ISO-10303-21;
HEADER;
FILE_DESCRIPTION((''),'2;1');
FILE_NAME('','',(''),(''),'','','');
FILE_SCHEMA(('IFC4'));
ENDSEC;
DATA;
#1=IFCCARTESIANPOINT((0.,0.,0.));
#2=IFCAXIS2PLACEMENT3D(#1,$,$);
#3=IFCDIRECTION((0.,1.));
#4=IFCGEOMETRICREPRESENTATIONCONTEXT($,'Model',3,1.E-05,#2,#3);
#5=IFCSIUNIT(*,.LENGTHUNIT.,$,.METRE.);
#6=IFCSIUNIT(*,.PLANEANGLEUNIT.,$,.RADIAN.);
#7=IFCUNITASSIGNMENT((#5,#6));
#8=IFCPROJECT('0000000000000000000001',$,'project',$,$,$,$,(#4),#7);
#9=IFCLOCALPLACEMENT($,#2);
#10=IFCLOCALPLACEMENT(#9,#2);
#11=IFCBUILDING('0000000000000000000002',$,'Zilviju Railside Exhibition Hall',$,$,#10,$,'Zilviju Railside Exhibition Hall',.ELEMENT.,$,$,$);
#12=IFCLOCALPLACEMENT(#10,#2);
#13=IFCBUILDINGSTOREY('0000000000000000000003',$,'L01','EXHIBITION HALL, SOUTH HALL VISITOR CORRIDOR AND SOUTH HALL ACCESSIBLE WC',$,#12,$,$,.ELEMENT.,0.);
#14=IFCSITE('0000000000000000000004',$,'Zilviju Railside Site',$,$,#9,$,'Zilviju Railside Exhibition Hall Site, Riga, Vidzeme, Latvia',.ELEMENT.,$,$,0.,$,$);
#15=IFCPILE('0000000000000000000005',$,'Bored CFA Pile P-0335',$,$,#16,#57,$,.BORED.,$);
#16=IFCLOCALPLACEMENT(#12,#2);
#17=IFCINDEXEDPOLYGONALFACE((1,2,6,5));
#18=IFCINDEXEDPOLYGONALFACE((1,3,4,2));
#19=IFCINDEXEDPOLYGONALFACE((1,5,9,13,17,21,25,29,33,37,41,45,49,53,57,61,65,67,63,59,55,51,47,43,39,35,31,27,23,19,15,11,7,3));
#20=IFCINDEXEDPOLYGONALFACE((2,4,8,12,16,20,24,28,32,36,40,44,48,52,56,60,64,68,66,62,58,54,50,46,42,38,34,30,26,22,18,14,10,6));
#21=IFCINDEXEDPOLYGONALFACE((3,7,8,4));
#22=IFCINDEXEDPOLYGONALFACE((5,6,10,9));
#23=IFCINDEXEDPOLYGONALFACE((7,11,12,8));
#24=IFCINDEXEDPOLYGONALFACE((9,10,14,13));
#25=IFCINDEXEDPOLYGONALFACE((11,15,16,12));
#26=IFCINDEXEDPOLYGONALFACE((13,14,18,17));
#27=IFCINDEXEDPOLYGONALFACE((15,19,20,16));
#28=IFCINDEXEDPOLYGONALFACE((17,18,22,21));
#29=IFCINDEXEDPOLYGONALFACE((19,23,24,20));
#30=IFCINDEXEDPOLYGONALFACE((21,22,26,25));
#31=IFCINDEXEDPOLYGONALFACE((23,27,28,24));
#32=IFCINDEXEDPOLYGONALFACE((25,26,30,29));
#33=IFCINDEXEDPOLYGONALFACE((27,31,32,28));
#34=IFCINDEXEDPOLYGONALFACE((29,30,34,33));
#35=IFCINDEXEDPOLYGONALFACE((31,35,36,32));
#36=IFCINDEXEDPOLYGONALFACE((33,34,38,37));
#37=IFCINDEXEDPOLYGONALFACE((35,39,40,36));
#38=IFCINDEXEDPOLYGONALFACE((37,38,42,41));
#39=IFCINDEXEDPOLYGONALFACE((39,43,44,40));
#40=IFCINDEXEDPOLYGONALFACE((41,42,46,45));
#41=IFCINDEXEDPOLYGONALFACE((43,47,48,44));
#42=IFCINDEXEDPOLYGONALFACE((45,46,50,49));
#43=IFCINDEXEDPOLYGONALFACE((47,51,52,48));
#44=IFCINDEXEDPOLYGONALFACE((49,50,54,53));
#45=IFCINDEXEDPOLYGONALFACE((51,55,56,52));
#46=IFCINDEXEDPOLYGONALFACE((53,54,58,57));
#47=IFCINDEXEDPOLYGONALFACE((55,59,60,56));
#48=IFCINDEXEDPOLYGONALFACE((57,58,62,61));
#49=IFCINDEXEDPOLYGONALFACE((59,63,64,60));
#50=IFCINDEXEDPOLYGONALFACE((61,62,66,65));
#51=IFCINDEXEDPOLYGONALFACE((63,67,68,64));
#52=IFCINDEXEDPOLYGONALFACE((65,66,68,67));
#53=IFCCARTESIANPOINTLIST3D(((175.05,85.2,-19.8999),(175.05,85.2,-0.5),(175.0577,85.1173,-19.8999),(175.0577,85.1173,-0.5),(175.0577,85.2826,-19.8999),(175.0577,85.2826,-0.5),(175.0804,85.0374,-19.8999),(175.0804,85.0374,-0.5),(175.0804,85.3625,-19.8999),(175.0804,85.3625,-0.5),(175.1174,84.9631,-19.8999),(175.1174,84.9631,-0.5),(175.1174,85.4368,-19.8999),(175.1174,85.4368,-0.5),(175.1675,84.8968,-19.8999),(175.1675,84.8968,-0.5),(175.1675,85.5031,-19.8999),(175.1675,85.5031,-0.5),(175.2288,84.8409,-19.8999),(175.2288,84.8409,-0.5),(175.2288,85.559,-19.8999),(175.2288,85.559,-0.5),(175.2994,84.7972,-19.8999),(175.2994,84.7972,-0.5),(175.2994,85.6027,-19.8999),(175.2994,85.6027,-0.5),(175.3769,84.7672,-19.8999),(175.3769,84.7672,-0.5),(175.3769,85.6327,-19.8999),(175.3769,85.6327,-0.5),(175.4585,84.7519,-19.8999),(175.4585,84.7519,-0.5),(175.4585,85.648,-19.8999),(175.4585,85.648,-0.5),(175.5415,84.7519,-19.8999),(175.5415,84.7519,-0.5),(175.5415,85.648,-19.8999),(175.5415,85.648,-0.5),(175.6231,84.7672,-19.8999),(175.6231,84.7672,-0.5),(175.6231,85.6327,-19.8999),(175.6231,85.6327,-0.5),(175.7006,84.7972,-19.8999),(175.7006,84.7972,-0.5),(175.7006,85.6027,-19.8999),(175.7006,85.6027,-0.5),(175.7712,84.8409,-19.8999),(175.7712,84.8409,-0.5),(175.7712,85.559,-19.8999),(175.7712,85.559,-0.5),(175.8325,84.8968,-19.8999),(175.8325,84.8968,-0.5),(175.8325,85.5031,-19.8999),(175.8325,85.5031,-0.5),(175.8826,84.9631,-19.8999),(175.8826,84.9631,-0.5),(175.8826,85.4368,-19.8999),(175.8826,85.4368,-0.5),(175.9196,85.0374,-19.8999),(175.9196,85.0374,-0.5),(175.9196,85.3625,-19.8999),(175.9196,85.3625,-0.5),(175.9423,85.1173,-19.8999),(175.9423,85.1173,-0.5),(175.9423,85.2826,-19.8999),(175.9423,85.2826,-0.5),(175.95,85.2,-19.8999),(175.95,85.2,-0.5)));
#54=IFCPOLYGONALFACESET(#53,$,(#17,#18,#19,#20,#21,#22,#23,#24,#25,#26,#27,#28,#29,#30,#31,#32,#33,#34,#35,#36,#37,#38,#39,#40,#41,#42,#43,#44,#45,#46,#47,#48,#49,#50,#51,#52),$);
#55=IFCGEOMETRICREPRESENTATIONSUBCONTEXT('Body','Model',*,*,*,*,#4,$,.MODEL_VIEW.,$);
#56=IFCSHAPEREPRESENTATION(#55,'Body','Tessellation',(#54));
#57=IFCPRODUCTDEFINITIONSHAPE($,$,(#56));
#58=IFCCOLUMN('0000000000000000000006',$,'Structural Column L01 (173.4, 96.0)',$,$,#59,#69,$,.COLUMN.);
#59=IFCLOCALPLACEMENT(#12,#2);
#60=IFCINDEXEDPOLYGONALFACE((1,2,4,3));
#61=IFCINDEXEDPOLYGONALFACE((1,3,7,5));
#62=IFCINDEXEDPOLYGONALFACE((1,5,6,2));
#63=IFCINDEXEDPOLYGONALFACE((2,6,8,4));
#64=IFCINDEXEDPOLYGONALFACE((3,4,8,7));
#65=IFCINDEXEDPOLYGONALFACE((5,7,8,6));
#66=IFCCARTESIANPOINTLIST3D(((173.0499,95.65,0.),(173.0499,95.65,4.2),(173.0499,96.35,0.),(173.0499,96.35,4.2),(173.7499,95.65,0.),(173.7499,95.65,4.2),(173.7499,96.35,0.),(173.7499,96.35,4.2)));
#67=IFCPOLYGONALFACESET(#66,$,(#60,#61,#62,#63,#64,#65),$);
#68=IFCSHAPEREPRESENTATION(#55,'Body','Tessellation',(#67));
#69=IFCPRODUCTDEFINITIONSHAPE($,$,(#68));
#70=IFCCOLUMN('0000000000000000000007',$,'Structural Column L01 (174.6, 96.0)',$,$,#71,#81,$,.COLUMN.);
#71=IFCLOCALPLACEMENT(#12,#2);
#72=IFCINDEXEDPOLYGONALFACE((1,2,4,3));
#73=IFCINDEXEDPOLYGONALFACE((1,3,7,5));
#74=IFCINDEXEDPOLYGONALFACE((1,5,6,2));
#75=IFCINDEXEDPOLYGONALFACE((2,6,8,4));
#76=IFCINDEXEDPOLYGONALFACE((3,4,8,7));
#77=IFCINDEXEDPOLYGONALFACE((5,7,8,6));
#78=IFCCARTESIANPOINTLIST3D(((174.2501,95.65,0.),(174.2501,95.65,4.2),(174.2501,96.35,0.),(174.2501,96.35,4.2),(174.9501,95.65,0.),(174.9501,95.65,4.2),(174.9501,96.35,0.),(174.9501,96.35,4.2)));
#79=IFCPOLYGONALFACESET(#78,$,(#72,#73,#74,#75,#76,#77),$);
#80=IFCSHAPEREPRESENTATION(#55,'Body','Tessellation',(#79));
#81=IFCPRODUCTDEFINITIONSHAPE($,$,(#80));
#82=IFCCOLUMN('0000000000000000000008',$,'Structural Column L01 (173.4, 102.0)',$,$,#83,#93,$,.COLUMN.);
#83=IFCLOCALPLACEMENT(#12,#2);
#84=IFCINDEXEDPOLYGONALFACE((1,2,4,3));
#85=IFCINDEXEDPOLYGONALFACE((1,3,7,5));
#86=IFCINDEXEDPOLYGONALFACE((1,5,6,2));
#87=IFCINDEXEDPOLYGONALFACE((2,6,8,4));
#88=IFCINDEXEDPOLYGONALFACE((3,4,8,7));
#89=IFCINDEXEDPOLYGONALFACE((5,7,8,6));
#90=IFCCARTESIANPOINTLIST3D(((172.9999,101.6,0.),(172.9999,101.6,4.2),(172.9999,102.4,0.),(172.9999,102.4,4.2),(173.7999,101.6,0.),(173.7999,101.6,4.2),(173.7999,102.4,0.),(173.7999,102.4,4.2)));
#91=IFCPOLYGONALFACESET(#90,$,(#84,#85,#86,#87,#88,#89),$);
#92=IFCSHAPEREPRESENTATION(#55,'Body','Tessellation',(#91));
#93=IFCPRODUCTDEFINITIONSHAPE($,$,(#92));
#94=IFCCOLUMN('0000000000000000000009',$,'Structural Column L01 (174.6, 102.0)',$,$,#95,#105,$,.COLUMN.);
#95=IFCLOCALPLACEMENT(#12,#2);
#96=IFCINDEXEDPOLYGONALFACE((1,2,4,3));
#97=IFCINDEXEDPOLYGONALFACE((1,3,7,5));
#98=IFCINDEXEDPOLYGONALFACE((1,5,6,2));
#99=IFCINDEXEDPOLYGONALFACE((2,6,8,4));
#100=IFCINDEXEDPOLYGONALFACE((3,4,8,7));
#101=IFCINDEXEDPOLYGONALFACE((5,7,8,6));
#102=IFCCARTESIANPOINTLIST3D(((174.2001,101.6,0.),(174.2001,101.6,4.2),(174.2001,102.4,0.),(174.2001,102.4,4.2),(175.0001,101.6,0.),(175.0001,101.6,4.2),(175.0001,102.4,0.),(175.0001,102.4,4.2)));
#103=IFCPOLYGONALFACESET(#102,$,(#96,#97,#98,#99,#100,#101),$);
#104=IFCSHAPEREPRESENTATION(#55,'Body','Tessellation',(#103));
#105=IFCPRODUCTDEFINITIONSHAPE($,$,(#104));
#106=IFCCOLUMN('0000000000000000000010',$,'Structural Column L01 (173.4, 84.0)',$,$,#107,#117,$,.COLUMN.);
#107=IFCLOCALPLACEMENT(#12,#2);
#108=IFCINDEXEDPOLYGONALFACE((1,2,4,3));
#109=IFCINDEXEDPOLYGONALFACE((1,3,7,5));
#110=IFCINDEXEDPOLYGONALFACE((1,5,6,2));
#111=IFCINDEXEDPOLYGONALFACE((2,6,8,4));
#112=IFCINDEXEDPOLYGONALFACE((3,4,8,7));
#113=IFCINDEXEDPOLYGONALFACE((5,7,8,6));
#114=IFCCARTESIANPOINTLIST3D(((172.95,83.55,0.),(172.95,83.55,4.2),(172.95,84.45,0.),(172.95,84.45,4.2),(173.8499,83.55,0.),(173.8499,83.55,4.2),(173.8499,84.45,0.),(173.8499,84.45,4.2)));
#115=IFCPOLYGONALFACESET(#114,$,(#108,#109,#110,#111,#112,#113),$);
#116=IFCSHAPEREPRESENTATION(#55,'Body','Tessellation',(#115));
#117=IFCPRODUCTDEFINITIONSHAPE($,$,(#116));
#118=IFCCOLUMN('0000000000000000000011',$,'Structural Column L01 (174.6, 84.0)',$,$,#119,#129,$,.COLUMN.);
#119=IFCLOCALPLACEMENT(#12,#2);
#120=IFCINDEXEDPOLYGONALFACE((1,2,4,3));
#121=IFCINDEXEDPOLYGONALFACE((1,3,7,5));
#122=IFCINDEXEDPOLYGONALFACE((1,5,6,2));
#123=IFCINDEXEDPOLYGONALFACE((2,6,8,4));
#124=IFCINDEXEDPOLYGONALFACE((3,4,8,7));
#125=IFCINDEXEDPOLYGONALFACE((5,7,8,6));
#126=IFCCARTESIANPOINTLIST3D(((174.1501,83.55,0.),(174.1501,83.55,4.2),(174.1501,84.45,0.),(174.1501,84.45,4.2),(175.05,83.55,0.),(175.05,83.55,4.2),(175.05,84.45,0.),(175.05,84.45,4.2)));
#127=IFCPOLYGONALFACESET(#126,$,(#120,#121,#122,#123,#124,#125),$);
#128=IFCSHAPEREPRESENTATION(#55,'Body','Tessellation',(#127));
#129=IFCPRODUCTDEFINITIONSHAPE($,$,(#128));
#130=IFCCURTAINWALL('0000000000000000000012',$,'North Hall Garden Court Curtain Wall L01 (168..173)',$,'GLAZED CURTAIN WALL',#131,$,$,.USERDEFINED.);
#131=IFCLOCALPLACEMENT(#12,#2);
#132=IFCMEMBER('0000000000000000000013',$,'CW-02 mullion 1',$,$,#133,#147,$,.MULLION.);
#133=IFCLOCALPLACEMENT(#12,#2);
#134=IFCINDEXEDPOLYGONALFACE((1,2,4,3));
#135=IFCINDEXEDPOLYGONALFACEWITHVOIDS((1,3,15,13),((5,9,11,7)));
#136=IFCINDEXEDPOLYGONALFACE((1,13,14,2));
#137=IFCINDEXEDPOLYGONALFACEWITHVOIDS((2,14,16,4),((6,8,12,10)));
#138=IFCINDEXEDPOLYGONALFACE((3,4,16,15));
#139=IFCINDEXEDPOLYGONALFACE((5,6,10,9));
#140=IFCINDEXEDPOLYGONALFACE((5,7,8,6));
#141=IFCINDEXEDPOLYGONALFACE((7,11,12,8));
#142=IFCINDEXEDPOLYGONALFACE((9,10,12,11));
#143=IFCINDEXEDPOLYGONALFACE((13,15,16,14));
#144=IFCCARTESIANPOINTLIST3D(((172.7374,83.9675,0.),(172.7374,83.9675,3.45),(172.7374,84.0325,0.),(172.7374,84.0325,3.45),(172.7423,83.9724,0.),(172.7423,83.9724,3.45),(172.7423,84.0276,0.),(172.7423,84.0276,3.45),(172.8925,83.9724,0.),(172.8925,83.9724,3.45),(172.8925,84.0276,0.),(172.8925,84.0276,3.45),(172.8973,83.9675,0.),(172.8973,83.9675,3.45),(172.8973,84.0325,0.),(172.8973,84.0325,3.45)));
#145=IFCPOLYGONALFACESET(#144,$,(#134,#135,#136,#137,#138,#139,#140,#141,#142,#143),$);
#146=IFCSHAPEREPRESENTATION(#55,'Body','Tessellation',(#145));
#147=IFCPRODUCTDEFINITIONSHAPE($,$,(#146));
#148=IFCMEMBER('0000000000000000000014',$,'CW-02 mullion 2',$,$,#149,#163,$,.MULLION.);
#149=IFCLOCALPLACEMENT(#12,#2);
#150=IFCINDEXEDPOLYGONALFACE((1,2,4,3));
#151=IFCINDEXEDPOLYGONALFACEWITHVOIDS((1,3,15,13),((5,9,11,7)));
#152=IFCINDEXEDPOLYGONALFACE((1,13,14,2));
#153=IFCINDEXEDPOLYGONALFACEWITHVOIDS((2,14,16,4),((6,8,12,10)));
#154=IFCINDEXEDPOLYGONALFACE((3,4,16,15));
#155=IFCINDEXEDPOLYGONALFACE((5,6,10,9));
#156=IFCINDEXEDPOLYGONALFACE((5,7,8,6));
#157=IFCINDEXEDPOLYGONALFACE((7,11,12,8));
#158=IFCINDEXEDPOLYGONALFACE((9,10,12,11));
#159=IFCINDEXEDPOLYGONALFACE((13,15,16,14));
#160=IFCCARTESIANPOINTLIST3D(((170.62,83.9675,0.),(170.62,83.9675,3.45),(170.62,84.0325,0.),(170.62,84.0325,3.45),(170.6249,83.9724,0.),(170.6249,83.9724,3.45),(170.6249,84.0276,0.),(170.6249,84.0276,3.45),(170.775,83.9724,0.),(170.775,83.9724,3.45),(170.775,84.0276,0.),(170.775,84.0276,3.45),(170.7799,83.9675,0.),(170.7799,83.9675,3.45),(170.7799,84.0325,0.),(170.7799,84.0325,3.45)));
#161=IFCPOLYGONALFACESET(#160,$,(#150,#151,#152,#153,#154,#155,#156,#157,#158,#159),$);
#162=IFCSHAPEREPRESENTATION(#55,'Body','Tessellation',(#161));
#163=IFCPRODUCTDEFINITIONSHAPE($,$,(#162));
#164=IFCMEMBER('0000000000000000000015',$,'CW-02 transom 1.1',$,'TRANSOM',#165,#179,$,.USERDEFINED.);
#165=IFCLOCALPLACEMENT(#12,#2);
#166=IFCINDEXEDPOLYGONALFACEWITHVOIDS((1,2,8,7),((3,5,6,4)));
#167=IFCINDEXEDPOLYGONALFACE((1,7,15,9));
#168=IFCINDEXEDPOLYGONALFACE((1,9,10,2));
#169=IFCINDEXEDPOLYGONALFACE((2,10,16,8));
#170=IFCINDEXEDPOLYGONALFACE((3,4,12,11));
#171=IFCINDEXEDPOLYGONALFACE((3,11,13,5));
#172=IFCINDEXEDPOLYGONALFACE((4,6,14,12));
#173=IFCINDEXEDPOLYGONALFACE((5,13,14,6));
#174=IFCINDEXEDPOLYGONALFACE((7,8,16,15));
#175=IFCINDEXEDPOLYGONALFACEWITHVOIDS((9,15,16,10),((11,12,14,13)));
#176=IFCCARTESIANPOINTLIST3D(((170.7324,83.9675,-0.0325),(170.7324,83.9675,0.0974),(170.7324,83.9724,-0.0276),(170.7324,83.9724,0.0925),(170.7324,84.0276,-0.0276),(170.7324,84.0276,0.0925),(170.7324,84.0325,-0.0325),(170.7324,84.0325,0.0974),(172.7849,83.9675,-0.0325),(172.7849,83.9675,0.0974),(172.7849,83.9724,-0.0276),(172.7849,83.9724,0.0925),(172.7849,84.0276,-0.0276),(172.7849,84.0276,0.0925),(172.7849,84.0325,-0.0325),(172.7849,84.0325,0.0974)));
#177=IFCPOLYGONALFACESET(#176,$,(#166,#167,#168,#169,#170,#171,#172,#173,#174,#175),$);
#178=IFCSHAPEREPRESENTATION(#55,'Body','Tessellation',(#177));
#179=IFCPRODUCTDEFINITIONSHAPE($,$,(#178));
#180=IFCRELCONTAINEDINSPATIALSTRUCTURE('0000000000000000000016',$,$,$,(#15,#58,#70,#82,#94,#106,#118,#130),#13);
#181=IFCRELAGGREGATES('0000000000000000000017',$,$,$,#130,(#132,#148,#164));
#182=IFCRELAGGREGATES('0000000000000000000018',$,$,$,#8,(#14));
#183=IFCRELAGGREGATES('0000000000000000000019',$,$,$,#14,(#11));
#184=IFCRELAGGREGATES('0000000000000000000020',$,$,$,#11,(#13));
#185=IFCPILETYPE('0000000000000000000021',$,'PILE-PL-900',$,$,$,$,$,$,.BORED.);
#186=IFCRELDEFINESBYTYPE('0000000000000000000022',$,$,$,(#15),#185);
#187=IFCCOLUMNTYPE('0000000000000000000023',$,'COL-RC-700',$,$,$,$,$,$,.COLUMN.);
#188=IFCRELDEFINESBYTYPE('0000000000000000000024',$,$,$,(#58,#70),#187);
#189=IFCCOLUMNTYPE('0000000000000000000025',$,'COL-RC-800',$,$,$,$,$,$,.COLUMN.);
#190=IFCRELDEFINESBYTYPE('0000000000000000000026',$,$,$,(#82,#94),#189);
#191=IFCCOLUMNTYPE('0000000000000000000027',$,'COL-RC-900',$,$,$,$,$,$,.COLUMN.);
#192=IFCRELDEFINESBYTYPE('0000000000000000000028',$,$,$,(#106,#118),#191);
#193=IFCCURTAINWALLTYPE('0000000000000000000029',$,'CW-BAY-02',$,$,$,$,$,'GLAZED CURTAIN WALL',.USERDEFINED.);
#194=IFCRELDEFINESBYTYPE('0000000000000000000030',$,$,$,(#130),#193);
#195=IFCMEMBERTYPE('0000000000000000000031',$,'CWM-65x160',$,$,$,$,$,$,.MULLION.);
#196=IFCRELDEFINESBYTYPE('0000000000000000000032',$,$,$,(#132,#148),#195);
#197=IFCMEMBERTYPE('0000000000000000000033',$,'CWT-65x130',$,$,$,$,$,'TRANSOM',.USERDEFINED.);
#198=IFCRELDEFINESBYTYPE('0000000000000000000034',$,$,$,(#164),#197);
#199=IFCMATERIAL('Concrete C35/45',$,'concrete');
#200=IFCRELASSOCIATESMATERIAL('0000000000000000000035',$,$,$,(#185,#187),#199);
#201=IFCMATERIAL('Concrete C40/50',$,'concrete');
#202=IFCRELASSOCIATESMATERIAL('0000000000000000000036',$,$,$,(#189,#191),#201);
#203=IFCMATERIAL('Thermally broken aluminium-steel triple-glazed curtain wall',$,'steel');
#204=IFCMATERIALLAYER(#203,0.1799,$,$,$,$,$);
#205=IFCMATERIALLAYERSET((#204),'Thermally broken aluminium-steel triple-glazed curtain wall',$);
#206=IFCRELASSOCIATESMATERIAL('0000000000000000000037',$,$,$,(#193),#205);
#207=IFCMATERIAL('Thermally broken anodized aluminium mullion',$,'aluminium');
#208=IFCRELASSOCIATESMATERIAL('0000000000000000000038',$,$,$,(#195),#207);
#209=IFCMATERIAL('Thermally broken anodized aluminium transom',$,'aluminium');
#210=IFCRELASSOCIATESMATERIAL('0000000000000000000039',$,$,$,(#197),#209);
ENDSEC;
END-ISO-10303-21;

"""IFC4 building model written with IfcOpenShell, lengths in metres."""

from ifc_helpers import new_model, si_unit, direction, frame, origin, origin_2d, place, context, subcontext, project, spatial, rectangle, hollow_rectangle, circle, extrude, material, layer, layer_set, material_profile, profile_set, type_object, element, aggregate, save


model = new_model("IFC4")

# Units and contexts
model_context = context("Model", 3, precision=1e-05, world=origin(), true_north=direction((0.0, 1.0)))
body_context = subcontext(model_context, "Body", "Model", "MODEL_VIEW")
ifc_project = project(units=[si_unit("LENGTHUNIT", "METRE"), si_unit("PLANEANGLEUNIT", "RADIAN")], contexts=[model_context])

# Site, building, storey
site_placement = place(None, origin())
site = spatial("IfcSite", under=ifc_project, at=site_placement, Name="Zilviju Railside Site", LongName="Zilviju Railside Exhibition Hall Site, Riga, Vidzeme, Latvia", CompositionType="ELEMENT", RefElevation=0.0)
building_placement = place(site_placement, origin())
building = spatial("IfcBuilding", under=site, at=building_placement, Name="Zilviju Railside Exhibition Hall", LongName="Zilviju Railside Exhibition Hall", CompositionType="ELEMENT")
storey_placement = place(building_placement, origin())
storey = spatial("IfcBuildingStorey", under=building, at=storey_placement, Name="L01", Description="EXHIBITION HALL, SOUTH HALL VISITOR CORRIDOR AND SOUTH HALL ACCESSIBLE WC", CompositionType="ELEMENT", Elevation=0.0)

# Shared definitions
ifc_material_1 = material(Name="Concrete C35/45", Category="concrete")

# Pile
ifc_material_profile_1 = material_profile(ifc_material_1, circle(Radius=0.45, at=origin_2d()), Name="CFA PILE D900")
ifc_profile_set_1 = profile_set([ifc_material_profile_1], Name="Concrete C35/45")
pile_type_1 = type_object("IfcPileType", Name="PILE-PL-900", PredefinedType="BORED", material=ifc_profile_set_1)
for number, where, z_axis, x_axis, name in (
    (1, (175.5, 85.2, -0.5), (0.0, 0.0, -1.0), (1.0, 0.0, 0.0), "Bored CFA Pile P-0335"),
):
    element("IfcPile", number, at=place(storey_placement, frame(where, z_axis=z_axis, x_axis=x_axis)), inside=storey, type_object=pile_type_1, Name=name, PredefinedType="BORED", context=body_context, shape_type="SweptSolid", body=[
        extrude(circle(Radius=0.45, at=origin_2d()), origin(), (0.0, 0.0, 1.0), 19.3999),
    ])

# Columns
ifc_material_profile_2 = material_profile(ifc_material_1, rectangle(XDim=0.7, YDim=0.7, at=origin_2d()), Name="RC COL 700x700")
ifc_profile_set_2 = profile_set([ifc_material_profile_2], Name="Concrete C35/45")
column_type_1 = type_object("IfcColumnType", Name="COL-RC-700", PredefinedType="COLUMN", material=ifc_profile_set_2)
for number, where, z_axis, x_axis, name in (
    (2, (173.3999, 96.0, 0.0), (0.0, 0.0, 1.0), (1.0, 0.0, 0.0), "Structural Column L01 (173.4, 96.0)"),
    (3, (174.6001, 96.0, 0.0), (0.0, 0.0, 1.0), (1.0, 0.0, 0.0), "Structural Column L01 (174.6, 96.0)"),
):
    element("IfcColumn", number, at=place(storey_placement, frame(where, z_axis=z_axis, x_axis=x_axis)), inside=storey, type_object=column_type_1, Name=name, PredefinedType="COLUMN", context=body_context, shape_type="SweptSolid", body=[
        extrude(rectangle(XDim=0.7, YDim=0.7, at=origin_2d()), origin(), (0.0, 0.0, 1.0), 4.2),
    ])
ifc_material_2 = material(Name="Concrete C40/50", Category="concrete")
ifc_material_profile_3 = material_profile(ifc_material_2, rectangle(XDim=0.8, YDim=0.8, at=origin_2d()), Name="RC COL 800x800")
ifc_profile_set_3 = profile_set([ifc_material_profile_3], Name="Concrete C40/50")
column_type_2 = type_object("IfcColumnType", Name="COL-RC-800", PredefinedType="COLUMN", material=ifc_profile_set_3)
for number, where, z_axis, x_axis, name in (
    (4, (173.3999, 102.0, 0.0), (0.0, 0.0, 1.0), (1.0, 0.0, 0.0), "Structural Column L01 (173.4, 102.0)"),
    (5, (174.6001, 102.0, 0.0), (0.0, 0.0, 1.0), (1.0, 0.0, 0.0), "Structural Column L01 (174.6, 102.0)"),
):
    element("IfcColumn", number, at=place(storey_placement, frame(where, z_axis=z_axis, x_axis=x_axis)), inside=storey, type_object=column_type_2, Name=name, PredefinedType="COLUMN", context=body_context, shape_type="SweptSolid", body=[
        extrude(rectangle(XDim=0.8, YDim=0.8, at=origin_2d()), origin(), (0.0, 0.0, 1.0), 4.2),
    ])
ifc_material_profile_4 = material_profile(ifc_material_2, rectangle(XDim=0.8999, YDim=0.8999, at=origin_2d()), Name="RC COL 900x900")
ifc_profile_set_4 = profile_set([ifc_material_profile_4], Name="Concrete C40/50")
column_type_3 = type_object("IfcColumnType", Name="COL-RC-900", PredefinedType="COLUMN", material=ifc_profile_set_4)
for number, where, z_axis, x_axis, name in (
    (6, (173.3999, 84.0, 0.0), (0.0, 0.0, 1.0), (1.0, 0.0, 0.0), "Structural Column L01 (173.4, 84.0)"),
    (7, (174.6001, 84.0, 0.0), (0.0, 0.0, 1.0), (1.0, 0.0, 0.0), "Structural Column L01 (174.6, 84.0)"),
):
    element("IfcColumn", number, at=place(storey_placement, frame(where, z_axis=z_axis, x_axis=x_axis)), inside=storey, type_object=column_type_3, Name=name, PredefinedType="COLUMN", context=body_context, shape_type="SweptSolid", body=[
        extrude(rectangle(XDim=0.8999, YDim=0.8999, at=origin_2d()), origin(), (0.0, 0.0, 1.0), 4.2),
    ])

# Curtain wall, members
ifc_material_3 = material(Name="Thermally broken aluminium-steel triple-glazed curtain wall", Category="steel")
ifc_layer_1 = layer(ifc_material_3, 0.1799)
ifc_layer_set_1 = layer_set([ifc_layer_1], Name="Thermally broken aluminium-steel triple-glazed curtain wall")
curtain_wall_type = type_object("IfcCurtainWallType", Name="CW-BAY-02", ElementType="GLAZED CURTAIN WALL", PredefinedType="USERDEFINED", material=ifc_layer_set_1)
curtain_wall_placement = place(storey_placement, origin())
curtain_wall = element("IfcCurtainWall", 8, at=curtain_wall_placement, inside=storey, type_object=curtain_wall_type, Name="North Hall Garden Court Curtain Wall L01 (168..173)", ObjectType="GLAZED CURTAIN WALL", PredefinedType="USERDEFINED")
ifc_material_4 = material(Name="Thermally broken anodized aluminium mullion", Category="aluminium")
ifc_material_profile_5 = material_profile(ifc_material_4, hollow_rectangle(XDim=0.0649, YDim=0.1599, WallThickness=0.0049, at=origin_2d()), Name="MULLION 160x65x5")
ifc_profile_set_5 = profile_set([ifc_material_profile_5], Name="Thermally broken anodized aluminium mullion")
member_type_1 = type_object("IfcMemberType", Name="CWM-65x160", PredefinedType="MULLION", material=ifc_profile_set_5)
member_1_placement = place(storey_placement, frame((172.8174, 84.0, 0.0), z_axis=(0.0, 0.0, 1.0), x_axis=(0.0, -1.0, 0.0)))
member_1 = element("IfcMember", 9, at=member_1_placement, type_object=member_type_1, Name="CW-02 mullion 1", PredefinedType="MULLION", context=body_context, shape_type="SweptSolid", body=[
    extrude(hollow_rectangle(XDim=0.0649, YDim=0.1599, WallThickness=0.0049, at=origin_2d()), origin(), (0.0, 0.0, 1.0), 3.45),
])
member_2_placement = place(storey_placement, frame((170.7, 84.0, 0.0), z_axis=(0.0, 0.0, 1.0), x_axis=(0.0, -1.0, 0.0)))
member_2 = element("IfcMember", 10, at=member_2_placement, type_object=member_type_1, Name="CW-02 mullion 2", PredefinedType="MULLION", context=body_context, shape_type="SweptSolid", body=[
    extrude(hollow_rectangle(XDim=0.0649, YDim=0.1599, WallThickness=0.0049, at=origin_2d()), origin(), (0.0, 0.0, 1.0), 3.45),
])
ifc_material_5 = material(Name="Thermally broken anodized aluminium transom", Category="aluminium")
ifc_material_profile_6 = material_profile(ifc_material_5, hollow_rectangle(XDim=0.0649, YDim=0.1299, WallThickness=0.0049, at=origin_2d()), Name="TRANSOM 130x65x5")
ifc_profile_set_6 = profile_set([ifc_material_profile_6], Name="Thermally broken anodized aluminium transom")
member_type_2 = type_object("IfcMemberType", Name="CWT-65x130", ElementType="TRANSOM", PredefinedType="USERDEFINED", material=ifc_profile_set_6)
member_3_placement = place(storey_placement, frame((172.7849, 84.0, 0.0325), z_axis=(-1.0, 0.0, 0.0), x_axis=(0.0, -1.0, 0.0)))
member_3 = element("IfcMember", 11, at=member_3_placement, type_object=member_type_2, Name="CW-02 transom 1.1", ObjectType="TRANSOM", PredefinedType="USERDEFINED", context=body_context, shape_type="SweptSolid", body=[
    extrude(hollow_rectangle(XDim=0.0649, YDim=0.1299, WallThickness=0.0049, at=origin_2d()), origin(), (0.0, 0.0, 1.0), 2.0525),
])
aggregate(curtain_wall, [member_1, member_2, member_3])

save(model, "model.ifc")
